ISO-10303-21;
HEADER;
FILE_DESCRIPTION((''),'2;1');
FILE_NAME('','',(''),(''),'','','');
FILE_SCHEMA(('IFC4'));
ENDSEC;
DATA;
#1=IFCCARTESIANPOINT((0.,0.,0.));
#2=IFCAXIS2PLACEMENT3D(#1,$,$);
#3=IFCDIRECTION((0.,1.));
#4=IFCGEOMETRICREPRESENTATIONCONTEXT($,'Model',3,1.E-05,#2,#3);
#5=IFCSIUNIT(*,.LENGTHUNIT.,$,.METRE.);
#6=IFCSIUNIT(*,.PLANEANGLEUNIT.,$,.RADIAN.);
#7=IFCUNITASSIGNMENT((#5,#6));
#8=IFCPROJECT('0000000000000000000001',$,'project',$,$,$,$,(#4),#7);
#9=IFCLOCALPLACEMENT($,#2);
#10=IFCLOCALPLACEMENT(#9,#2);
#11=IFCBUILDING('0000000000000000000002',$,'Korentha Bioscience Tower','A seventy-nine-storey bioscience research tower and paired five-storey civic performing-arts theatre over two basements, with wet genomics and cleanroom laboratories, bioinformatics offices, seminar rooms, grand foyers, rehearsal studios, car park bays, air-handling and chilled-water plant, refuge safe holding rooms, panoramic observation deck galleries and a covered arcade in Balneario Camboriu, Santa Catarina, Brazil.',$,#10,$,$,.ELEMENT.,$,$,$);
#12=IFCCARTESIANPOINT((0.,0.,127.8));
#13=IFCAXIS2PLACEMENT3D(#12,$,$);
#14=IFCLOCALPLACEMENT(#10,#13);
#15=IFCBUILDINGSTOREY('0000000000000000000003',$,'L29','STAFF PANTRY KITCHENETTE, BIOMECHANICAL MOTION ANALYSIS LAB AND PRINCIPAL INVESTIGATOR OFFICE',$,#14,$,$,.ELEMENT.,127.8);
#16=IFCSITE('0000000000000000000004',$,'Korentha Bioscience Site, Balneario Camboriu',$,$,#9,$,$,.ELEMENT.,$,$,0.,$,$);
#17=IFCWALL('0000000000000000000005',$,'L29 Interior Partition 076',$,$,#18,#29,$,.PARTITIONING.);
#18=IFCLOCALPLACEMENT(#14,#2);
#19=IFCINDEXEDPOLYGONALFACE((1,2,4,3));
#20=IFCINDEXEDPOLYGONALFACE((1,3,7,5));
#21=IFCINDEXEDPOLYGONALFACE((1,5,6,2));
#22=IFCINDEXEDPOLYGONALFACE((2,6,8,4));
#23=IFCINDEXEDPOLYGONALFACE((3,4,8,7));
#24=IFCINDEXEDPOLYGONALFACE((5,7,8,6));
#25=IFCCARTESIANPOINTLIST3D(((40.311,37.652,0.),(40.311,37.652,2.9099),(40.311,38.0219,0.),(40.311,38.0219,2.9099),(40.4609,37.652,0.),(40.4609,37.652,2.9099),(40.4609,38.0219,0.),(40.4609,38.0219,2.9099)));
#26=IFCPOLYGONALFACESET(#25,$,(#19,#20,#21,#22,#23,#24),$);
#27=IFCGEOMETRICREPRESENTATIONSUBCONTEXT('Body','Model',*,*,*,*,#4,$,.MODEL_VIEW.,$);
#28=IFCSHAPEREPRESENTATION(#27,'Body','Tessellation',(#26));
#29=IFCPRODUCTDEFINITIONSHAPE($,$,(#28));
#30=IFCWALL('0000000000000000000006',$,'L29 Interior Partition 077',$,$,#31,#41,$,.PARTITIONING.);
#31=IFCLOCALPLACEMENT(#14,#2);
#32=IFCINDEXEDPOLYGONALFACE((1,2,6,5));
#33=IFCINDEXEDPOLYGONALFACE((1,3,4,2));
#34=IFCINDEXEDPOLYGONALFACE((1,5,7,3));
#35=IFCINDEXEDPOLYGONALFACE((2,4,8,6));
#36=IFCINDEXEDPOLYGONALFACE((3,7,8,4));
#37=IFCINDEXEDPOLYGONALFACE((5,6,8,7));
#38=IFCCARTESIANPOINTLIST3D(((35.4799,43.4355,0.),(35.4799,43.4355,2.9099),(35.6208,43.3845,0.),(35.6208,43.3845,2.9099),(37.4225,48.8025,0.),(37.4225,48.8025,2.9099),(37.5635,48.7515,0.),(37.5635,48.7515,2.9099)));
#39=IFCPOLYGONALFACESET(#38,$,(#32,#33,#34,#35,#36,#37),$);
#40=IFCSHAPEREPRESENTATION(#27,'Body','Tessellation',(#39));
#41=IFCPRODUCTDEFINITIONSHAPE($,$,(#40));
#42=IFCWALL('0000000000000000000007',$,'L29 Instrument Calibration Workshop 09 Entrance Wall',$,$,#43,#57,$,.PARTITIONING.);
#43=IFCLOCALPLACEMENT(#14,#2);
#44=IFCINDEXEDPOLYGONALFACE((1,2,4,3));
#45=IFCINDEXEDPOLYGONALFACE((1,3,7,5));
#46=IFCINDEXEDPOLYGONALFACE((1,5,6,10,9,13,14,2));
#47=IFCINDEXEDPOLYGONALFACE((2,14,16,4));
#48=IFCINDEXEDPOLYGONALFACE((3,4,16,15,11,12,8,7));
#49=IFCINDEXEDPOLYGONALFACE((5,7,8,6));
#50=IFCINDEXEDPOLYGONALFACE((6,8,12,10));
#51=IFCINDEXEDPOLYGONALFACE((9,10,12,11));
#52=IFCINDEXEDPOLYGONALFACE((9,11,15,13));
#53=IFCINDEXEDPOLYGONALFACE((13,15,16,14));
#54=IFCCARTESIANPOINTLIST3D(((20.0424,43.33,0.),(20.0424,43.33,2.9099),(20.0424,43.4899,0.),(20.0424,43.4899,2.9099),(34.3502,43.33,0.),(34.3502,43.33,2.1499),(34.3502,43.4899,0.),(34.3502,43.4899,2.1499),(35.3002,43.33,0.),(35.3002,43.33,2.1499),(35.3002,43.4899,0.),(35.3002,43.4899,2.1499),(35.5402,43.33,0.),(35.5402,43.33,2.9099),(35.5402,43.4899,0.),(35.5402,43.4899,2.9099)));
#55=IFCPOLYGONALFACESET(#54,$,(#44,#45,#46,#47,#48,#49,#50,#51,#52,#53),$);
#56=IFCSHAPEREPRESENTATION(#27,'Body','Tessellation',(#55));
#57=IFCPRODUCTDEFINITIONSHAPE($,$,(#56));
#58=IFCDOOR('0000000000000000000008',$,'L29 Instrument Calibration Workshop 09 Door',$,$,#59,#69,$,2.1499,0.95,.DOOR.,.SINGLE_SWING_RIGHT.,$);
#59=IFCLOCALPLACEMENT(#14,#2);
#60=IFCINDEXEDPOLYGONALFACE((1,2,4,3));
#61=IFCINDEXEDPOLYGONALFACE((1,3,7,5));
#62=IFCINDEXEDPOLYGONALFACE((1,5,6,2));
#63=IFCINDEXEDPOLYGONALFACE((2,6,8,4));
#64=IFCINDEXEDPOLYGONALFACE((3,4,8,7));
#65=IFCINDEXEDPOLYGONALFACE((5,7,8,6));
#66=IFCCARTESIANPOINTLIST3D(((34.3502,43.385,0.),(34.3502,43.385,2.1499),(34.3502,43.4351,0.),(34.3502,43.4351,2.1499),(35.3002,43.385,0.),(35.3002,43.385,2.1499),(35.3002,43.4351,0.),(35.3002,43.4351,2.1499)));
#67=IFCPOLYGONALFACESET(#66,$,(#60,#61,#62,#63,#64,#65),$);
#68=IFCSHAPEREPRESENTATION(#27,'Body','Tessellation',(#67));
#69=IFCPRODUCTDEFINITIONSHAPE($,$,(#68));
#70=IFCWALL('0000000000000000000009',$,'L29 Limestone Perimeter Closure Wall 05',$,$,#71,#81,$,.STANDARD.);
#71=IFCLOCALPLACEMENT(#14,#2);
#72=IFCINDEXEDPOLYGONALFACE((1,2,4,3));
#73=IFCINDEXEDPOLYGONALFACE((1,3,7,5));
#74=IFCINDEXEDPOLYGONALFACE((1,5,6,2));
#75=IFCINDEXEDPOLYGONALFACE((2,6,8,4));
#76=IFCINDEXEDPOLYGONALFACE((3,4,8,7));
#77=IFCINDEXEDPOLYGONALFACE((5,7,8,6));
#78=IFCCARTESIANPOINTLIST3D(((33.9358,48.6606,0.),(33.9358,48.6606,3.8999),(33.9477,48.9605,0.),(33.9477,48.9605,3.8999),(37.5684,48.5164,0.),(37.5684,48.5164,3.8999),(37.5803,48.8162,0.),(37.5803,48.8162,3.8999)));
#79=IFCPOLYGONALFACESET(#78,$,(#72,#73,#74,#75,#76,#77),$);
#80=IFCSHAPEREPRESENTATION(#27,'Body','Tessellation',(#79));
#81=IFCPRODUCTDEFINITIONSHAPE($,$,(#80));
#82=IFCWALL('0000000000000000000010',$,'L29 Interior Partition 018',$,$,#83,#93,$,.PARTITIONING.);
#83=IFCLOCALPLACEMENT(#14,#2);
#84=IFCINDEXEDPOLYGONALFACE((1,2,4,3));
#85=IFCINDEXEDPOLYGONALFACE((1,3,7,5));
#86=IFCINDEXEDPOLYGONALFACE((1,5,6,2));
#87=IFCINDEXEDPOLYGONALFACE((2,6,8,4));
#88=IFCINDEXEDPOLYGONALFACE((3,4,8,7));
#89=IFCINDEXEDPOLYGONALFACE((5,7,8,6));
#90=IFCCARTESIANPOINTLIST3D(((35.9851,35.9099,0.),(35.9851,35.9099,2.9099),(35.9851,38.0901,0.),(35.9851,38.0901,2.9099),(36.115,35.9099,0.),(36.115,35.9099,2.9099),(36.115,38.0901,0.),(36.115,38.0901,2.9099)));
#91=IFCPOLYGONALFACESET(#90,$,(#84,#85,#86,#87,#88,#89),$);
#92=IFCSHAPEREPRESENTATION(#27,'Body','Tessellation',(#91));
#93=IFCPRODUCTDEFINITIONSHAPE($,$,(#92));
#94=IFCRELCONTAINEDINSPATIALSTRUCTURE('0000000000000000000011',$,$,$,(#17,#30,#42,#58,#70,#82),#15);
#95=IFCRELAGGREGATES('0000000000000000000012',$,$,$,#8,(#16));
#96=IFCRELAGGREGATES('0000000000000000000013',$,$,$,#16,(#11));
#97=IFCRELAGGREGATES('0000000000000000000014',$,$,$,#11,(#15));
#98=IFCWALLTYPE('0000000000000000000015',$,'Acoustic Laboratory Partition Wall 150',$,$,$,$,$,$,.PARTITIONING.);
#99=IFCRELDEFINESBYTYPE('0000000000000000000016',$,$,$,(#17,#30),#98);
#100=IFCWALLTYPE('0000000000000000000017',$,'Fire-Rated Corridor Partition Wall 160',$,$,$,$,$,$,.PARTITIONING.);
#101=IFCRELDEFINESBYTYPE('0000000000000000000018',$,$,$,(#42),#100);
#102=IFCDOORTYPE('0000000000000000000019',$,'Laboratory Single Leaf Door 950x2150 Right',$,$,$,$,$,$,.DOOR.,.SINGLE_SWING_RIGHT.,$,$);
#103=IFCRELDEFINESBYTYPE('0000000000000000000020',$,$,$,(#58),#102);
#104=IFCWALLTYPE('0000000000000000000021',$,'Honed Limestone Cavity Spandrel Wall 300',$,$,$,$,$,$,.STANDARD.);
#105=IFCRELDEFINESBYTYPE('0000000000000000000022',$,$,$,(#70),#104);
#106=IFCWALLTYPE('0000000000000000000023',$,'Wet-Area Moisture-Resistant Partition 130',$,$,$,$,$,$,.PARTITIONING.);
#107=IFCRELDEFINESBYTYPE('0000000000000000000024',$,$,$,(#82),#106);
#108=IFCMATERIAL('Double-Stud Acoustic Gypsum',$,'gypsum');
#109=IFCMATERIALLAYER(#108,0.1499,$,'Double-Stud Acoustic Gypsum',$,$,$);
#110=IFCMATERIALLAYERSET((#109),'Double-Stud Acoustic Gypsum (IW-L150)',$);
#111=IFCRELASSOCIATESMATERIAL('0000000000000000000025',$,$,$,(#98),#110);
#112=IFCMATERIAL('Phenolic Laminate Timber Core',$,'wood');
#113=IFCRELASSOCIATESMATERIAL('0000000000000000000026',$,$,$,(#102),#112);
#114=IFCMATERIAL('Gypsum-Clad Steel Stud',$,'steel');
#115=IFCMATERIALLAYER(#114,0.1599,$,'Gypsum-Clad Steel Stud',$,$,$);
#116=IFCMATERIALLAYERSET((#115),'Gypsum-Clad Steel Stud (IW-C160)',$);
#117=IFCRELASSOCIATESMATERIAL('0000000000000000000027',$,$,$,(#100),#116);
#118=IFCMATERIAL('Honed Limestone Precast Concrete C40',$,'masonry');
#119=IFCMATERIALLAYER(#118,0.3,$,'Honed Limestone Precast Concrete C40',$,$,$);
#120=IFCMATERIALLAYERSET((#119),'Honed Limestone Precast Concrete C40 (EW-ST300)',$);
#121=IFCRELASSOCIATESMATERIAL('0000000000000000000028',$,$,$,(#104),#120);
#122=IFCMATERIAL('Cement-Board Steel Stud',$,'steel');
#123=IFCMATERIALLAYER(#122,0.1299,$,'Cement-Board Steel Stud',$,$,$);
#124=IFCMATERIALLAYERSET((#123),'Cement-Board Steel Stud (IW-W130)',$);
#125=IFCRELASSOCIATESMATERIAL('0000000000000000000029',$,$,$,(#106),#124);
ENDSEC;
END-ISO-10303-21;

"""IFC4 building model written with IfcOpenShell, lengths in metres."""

from ifc_helpers import new_model, si_unit, direction, frame, frame_2d, origin, place, context, subcontext, project, spatial, rectangle, extrude, material, layer, layer_set, type_object, element, fill, save


model = new_model("IFC4")

# Units and contexts
model_context = context("Model", 3, precision=1e-05, world=origin(), true_north=direction((0.0, 1.0)))
body_context = subcontext(model_context, "Body", "Model", "MODEL_VIEW")
ifc_project = project(units=[si_unit("LENGTHUNIT", "METRE"), si_unit("PLANEANGLEUNIT", "RADIAN")], contexts=[model_context])

# Site, building, storey
site_placement = place(None, origin())
site = spatial("IfcSite", under=ifc_project, at=site_placement, Name="Korentha Bioscience Site, Balneario Camboriu", CompositionType="ELEMENT", RefElevation=0.0)
building_placement = place(site_placement, origin())
building = spatial("IfcBuilding", under=site, at=building_placement, Name="Korentha Bioscience Tower", Description="A seventy-nine-storey bioscience research tower and paired five-storey civic performing-arts theatre over two basements, with wet genomics and cleanroom laboratories, bioinformatics offices, seminar rooms, grand foyers, rehearsal studios, car park bays, air-handling and chilled-water plant, refuge safe holding rooms, panoramic observation deck galleries and a covered arcade in Balneario Camboriu, Santa Catarina, Brazil.", CompositionType="ELEMENT")
storey_placement = place(building_placement, frame((0.0, 0.0, 127.8)))
storey = spatial("IfcBuildingStorey", under=building, at=storey_placement, Name="L29", Description="STAFF PANTRY KITCHENETTE, BIOMECHANICAL MOTION ANALYSIS LAB AND PRINCIPAL INVESTIGATOR OFFICE", CompositionType="ELEMENT", Elevation=127.8)

# Shared definitions
ifc_material_1 = material(Name="Double-Stud Acoustic Gypsum", Category="gypsum")
ifc_layer_1 = layer(ifc_material_1, 0.1499, Name="Double-Stud Acoustic Gypsum")
ifc_layer_set_1 = layer_set([ifc_layer_1], Name="Double-Stud Acoustic Gypsum (IW-L150)")
wall_type_1 = type_object("IfcWallType", Name="Acoustic Laboratory Partition Wall 150", PredefinedType="PARTITIONING", material=ifc_layer_set_1)
ifc_material_2 = material(Name="Phenolic Laminate Timber Core", Category="wood")
door_type_1 = type_object("IfcDoorType", Name="Laboratory Single Leaf Door 950x2150 Right", OperationType="SINGLE_SWING_RIGHT", PredefinedType="DOOR", material=ifc_material_2)

# Walls
wall_1_placement = place(storey_placement, frame((40.386, 38.022, 0.0), z_axis=(0.0, 0.0, 1.0), x_axis=(0.0, -1.0, 0.0)))
element("IfcWall", 1, at=wall_1_placement, inside=storey, type_object=wall_type_1, Name="L29 Interior Partition 076", PredefinedType="PARTITIONING", context=body_context, shape_type="SweptSolid", body=[
    extrude(rectangle(XDim=0.3699, YDim=0.1499, at=frame_2d((0.1851, 0.0))), origin(), (0.0, 0.0, 1.0), 2.9099),
])
wall_2_placement = place(storey_placement, frame((35.5503, 43.4099, 0.0), z_axis=(0.0, 0.0, 1.0), x_axis=(0.340352, 0.940298, 0.0)))
element("IfcWall", 2, at=wall_2_placement, inside=storey, type_object=wall_type_1, Name="L29 Interior Partition 077", PredefinedType="PARTITIONING", context=body_context, shape_type="SweptSolid", body=[
    extrude(rectangle(XDim=5.7078, YDim=0.1499, at=frame_2d((2.854, 0.0))), origin(), (0.0, 0.0, 1.0), 2.9099),
])

# Wall, opening, door
ifc_material_3 = material(Name="Gypsum-Clad Steel Stud", Category="steel")
ifc_layer_2 = layer(ifc_material_3, 0.1599, Name="Gypsum-Clad Steel Stud")
ifc_layer_set_2 = layer_set([ifc_layer_2], Name="Gypsum-Clad Steel Stud (IW-C160)")
wall_type_2 = type_object("IfcWallType", Name="Fire-Rated Corridor Partition Wall 160", PredefinedType="PARTITIONING", material=ifc_layer_set_2)
wall_3_placement = place(storey_placement, frame((35.5403, 43.4099, 0.0), z_axis=(0.0, 0.0, 1.0), x_axis=(-1.0, 0.0, 0.0)))
wall_3 = element("IfcWall", 3, at=wall_3_placement, inside=storey, type_object=wall_type_2, Name="L29 Instrument Calibration Workshop 09 Entrance Wall", PredefinedType="PARTITIONING", context=body_context, shape_type="SweptSolid", body=[
    extrude(rectangle(XDim=15.4978, YDim=0.1599, at=frame_2d((7.749, 0.0))), origin(), (0.0, 0.0, 1.0), 2.9099),
])
opening_1_placement = place(wall_3_placement, frame((0.24, 0.0, 0.0)))
opening_1 = element("IfcOpeningElement", 4, at=opening_1_placement, cuts=wall_3, PredefinedType="OPENING", context=body_context, shape_type="SweptSolid", body=[
    extrude(rectangle(XDim=0.95, YDim=2.1499, at=frame_2d((0.4751, 1.075))), frame((0.0, 0.0947, 0.0), z_axis=(0.0, -1.0, 0.0), x_axis=(1.0, 0.0, 0.0)), (0.0, 0.0, 1.0), 0.1897),
])
door_1_placement = place(opening_1_placement, origin())
door_1 = element("IfcDoor", 5, at=door_1_placement, inside=storey, type_object=door_type_1, Name="L29 Instrument Calibration Workshop 09 Door", OperationType="SINGLE_SWING_RIGHT", OverallHeight=2.1499, OverallWidth=0.95, PredefinedType="DOOR", context=body_context, shape_type="SweptSolid", body=[
    extrude(rectangle(XDim=0.95, YDim=2.1499, at=frame_2d((0.4751, 1.075))), frame((0.0, 0.0249, 0.0), z_axis=(0.0, -1.0, 0.0), x_axis=(1.0, 0.0, 0.0)), (0.0, 0.0, 1.0), 0.05),
])
fill(opening_1, door_1)
ifc_material_4 = material(Name="Honed Limestone Precast Concrete C40", Category="masonry")
ifc_layer_3 = layer(ifc_material_4, 0.3, Name="Honed Limestone Precast Concrete C40")
ifc_layer_set_3 = layer_set([ifc_layer_3], Name="Honed Limestone Precast Concrete C40 (EW-ST300)")
wall_type_3 = type_object("IfcWallType", Name="Honed Limestone Cavity Spandrel Wall 300", PredefinedType="STANDARD", material=ifc_layer_set_3)

# Wall
wall_4_placement = place(storey_placement, frame((37.5745, 48.6663, 0.0), z_axis=(0.0, 0.0, 1.0), x_axis=(-0.999212, 0.039689, 0.0)))
element("IfcWall", 6, at=wall_4_placement, inside=storey, type_object=wall_type_3, Name="L29 Limestone Perimeter Closure Wall 05", PredefinedType="STANDARD", context=body_context, shape_type="SweptSolid", body=[
    extrude(rectangle(XDim=3.6355, YDim=0.3, at=frame_2d((1.8179, 0.0))), origin(), (0.0, 0.0, 1.0), 3.8999),
])

# Shared definitions
ifc_material_5 = material(Name="Cement-Board Steel Stud", Category="steel")
ifc_layer_4 = layer(ifc_material_5, 0.1299, Name="Cement-Board Steel Stud")
ifc_layer_set_4 = layer_set([ifc_layer_4], Name="Cement-Board Steel Stud (IW-W130)")
wall_type_4 = type_object("IfcWallType", Name="Wet-Area Moisture-Resistant Partition 130", PredefinedType="PARTITIONING", material=ifc_layer_set_4)

# Wall
wall_5_placement = place(storey_placement, frame((36.05, 38.0901, 0.0), z_axis=(0.0, 0.0, 1.0), x_axis=(0.0, -1.0, 0.0)))
element("IfcWall", 7, at=wall_5_placement, inside=storey, type_object=wall_type_4, Name="L29 Interior Partition 018", PredefinedType="PARTITIONING", context=body_context, shape_type="SweptSolid", body=[
    extrude(rectangle(XDim=2.1802, YDim=0.1299, at=frame_2d((1.0901, 0.0))), origin(), (0.0, 0.0, 1.0), 2.9099),
])

save(model, "model.ifc")
